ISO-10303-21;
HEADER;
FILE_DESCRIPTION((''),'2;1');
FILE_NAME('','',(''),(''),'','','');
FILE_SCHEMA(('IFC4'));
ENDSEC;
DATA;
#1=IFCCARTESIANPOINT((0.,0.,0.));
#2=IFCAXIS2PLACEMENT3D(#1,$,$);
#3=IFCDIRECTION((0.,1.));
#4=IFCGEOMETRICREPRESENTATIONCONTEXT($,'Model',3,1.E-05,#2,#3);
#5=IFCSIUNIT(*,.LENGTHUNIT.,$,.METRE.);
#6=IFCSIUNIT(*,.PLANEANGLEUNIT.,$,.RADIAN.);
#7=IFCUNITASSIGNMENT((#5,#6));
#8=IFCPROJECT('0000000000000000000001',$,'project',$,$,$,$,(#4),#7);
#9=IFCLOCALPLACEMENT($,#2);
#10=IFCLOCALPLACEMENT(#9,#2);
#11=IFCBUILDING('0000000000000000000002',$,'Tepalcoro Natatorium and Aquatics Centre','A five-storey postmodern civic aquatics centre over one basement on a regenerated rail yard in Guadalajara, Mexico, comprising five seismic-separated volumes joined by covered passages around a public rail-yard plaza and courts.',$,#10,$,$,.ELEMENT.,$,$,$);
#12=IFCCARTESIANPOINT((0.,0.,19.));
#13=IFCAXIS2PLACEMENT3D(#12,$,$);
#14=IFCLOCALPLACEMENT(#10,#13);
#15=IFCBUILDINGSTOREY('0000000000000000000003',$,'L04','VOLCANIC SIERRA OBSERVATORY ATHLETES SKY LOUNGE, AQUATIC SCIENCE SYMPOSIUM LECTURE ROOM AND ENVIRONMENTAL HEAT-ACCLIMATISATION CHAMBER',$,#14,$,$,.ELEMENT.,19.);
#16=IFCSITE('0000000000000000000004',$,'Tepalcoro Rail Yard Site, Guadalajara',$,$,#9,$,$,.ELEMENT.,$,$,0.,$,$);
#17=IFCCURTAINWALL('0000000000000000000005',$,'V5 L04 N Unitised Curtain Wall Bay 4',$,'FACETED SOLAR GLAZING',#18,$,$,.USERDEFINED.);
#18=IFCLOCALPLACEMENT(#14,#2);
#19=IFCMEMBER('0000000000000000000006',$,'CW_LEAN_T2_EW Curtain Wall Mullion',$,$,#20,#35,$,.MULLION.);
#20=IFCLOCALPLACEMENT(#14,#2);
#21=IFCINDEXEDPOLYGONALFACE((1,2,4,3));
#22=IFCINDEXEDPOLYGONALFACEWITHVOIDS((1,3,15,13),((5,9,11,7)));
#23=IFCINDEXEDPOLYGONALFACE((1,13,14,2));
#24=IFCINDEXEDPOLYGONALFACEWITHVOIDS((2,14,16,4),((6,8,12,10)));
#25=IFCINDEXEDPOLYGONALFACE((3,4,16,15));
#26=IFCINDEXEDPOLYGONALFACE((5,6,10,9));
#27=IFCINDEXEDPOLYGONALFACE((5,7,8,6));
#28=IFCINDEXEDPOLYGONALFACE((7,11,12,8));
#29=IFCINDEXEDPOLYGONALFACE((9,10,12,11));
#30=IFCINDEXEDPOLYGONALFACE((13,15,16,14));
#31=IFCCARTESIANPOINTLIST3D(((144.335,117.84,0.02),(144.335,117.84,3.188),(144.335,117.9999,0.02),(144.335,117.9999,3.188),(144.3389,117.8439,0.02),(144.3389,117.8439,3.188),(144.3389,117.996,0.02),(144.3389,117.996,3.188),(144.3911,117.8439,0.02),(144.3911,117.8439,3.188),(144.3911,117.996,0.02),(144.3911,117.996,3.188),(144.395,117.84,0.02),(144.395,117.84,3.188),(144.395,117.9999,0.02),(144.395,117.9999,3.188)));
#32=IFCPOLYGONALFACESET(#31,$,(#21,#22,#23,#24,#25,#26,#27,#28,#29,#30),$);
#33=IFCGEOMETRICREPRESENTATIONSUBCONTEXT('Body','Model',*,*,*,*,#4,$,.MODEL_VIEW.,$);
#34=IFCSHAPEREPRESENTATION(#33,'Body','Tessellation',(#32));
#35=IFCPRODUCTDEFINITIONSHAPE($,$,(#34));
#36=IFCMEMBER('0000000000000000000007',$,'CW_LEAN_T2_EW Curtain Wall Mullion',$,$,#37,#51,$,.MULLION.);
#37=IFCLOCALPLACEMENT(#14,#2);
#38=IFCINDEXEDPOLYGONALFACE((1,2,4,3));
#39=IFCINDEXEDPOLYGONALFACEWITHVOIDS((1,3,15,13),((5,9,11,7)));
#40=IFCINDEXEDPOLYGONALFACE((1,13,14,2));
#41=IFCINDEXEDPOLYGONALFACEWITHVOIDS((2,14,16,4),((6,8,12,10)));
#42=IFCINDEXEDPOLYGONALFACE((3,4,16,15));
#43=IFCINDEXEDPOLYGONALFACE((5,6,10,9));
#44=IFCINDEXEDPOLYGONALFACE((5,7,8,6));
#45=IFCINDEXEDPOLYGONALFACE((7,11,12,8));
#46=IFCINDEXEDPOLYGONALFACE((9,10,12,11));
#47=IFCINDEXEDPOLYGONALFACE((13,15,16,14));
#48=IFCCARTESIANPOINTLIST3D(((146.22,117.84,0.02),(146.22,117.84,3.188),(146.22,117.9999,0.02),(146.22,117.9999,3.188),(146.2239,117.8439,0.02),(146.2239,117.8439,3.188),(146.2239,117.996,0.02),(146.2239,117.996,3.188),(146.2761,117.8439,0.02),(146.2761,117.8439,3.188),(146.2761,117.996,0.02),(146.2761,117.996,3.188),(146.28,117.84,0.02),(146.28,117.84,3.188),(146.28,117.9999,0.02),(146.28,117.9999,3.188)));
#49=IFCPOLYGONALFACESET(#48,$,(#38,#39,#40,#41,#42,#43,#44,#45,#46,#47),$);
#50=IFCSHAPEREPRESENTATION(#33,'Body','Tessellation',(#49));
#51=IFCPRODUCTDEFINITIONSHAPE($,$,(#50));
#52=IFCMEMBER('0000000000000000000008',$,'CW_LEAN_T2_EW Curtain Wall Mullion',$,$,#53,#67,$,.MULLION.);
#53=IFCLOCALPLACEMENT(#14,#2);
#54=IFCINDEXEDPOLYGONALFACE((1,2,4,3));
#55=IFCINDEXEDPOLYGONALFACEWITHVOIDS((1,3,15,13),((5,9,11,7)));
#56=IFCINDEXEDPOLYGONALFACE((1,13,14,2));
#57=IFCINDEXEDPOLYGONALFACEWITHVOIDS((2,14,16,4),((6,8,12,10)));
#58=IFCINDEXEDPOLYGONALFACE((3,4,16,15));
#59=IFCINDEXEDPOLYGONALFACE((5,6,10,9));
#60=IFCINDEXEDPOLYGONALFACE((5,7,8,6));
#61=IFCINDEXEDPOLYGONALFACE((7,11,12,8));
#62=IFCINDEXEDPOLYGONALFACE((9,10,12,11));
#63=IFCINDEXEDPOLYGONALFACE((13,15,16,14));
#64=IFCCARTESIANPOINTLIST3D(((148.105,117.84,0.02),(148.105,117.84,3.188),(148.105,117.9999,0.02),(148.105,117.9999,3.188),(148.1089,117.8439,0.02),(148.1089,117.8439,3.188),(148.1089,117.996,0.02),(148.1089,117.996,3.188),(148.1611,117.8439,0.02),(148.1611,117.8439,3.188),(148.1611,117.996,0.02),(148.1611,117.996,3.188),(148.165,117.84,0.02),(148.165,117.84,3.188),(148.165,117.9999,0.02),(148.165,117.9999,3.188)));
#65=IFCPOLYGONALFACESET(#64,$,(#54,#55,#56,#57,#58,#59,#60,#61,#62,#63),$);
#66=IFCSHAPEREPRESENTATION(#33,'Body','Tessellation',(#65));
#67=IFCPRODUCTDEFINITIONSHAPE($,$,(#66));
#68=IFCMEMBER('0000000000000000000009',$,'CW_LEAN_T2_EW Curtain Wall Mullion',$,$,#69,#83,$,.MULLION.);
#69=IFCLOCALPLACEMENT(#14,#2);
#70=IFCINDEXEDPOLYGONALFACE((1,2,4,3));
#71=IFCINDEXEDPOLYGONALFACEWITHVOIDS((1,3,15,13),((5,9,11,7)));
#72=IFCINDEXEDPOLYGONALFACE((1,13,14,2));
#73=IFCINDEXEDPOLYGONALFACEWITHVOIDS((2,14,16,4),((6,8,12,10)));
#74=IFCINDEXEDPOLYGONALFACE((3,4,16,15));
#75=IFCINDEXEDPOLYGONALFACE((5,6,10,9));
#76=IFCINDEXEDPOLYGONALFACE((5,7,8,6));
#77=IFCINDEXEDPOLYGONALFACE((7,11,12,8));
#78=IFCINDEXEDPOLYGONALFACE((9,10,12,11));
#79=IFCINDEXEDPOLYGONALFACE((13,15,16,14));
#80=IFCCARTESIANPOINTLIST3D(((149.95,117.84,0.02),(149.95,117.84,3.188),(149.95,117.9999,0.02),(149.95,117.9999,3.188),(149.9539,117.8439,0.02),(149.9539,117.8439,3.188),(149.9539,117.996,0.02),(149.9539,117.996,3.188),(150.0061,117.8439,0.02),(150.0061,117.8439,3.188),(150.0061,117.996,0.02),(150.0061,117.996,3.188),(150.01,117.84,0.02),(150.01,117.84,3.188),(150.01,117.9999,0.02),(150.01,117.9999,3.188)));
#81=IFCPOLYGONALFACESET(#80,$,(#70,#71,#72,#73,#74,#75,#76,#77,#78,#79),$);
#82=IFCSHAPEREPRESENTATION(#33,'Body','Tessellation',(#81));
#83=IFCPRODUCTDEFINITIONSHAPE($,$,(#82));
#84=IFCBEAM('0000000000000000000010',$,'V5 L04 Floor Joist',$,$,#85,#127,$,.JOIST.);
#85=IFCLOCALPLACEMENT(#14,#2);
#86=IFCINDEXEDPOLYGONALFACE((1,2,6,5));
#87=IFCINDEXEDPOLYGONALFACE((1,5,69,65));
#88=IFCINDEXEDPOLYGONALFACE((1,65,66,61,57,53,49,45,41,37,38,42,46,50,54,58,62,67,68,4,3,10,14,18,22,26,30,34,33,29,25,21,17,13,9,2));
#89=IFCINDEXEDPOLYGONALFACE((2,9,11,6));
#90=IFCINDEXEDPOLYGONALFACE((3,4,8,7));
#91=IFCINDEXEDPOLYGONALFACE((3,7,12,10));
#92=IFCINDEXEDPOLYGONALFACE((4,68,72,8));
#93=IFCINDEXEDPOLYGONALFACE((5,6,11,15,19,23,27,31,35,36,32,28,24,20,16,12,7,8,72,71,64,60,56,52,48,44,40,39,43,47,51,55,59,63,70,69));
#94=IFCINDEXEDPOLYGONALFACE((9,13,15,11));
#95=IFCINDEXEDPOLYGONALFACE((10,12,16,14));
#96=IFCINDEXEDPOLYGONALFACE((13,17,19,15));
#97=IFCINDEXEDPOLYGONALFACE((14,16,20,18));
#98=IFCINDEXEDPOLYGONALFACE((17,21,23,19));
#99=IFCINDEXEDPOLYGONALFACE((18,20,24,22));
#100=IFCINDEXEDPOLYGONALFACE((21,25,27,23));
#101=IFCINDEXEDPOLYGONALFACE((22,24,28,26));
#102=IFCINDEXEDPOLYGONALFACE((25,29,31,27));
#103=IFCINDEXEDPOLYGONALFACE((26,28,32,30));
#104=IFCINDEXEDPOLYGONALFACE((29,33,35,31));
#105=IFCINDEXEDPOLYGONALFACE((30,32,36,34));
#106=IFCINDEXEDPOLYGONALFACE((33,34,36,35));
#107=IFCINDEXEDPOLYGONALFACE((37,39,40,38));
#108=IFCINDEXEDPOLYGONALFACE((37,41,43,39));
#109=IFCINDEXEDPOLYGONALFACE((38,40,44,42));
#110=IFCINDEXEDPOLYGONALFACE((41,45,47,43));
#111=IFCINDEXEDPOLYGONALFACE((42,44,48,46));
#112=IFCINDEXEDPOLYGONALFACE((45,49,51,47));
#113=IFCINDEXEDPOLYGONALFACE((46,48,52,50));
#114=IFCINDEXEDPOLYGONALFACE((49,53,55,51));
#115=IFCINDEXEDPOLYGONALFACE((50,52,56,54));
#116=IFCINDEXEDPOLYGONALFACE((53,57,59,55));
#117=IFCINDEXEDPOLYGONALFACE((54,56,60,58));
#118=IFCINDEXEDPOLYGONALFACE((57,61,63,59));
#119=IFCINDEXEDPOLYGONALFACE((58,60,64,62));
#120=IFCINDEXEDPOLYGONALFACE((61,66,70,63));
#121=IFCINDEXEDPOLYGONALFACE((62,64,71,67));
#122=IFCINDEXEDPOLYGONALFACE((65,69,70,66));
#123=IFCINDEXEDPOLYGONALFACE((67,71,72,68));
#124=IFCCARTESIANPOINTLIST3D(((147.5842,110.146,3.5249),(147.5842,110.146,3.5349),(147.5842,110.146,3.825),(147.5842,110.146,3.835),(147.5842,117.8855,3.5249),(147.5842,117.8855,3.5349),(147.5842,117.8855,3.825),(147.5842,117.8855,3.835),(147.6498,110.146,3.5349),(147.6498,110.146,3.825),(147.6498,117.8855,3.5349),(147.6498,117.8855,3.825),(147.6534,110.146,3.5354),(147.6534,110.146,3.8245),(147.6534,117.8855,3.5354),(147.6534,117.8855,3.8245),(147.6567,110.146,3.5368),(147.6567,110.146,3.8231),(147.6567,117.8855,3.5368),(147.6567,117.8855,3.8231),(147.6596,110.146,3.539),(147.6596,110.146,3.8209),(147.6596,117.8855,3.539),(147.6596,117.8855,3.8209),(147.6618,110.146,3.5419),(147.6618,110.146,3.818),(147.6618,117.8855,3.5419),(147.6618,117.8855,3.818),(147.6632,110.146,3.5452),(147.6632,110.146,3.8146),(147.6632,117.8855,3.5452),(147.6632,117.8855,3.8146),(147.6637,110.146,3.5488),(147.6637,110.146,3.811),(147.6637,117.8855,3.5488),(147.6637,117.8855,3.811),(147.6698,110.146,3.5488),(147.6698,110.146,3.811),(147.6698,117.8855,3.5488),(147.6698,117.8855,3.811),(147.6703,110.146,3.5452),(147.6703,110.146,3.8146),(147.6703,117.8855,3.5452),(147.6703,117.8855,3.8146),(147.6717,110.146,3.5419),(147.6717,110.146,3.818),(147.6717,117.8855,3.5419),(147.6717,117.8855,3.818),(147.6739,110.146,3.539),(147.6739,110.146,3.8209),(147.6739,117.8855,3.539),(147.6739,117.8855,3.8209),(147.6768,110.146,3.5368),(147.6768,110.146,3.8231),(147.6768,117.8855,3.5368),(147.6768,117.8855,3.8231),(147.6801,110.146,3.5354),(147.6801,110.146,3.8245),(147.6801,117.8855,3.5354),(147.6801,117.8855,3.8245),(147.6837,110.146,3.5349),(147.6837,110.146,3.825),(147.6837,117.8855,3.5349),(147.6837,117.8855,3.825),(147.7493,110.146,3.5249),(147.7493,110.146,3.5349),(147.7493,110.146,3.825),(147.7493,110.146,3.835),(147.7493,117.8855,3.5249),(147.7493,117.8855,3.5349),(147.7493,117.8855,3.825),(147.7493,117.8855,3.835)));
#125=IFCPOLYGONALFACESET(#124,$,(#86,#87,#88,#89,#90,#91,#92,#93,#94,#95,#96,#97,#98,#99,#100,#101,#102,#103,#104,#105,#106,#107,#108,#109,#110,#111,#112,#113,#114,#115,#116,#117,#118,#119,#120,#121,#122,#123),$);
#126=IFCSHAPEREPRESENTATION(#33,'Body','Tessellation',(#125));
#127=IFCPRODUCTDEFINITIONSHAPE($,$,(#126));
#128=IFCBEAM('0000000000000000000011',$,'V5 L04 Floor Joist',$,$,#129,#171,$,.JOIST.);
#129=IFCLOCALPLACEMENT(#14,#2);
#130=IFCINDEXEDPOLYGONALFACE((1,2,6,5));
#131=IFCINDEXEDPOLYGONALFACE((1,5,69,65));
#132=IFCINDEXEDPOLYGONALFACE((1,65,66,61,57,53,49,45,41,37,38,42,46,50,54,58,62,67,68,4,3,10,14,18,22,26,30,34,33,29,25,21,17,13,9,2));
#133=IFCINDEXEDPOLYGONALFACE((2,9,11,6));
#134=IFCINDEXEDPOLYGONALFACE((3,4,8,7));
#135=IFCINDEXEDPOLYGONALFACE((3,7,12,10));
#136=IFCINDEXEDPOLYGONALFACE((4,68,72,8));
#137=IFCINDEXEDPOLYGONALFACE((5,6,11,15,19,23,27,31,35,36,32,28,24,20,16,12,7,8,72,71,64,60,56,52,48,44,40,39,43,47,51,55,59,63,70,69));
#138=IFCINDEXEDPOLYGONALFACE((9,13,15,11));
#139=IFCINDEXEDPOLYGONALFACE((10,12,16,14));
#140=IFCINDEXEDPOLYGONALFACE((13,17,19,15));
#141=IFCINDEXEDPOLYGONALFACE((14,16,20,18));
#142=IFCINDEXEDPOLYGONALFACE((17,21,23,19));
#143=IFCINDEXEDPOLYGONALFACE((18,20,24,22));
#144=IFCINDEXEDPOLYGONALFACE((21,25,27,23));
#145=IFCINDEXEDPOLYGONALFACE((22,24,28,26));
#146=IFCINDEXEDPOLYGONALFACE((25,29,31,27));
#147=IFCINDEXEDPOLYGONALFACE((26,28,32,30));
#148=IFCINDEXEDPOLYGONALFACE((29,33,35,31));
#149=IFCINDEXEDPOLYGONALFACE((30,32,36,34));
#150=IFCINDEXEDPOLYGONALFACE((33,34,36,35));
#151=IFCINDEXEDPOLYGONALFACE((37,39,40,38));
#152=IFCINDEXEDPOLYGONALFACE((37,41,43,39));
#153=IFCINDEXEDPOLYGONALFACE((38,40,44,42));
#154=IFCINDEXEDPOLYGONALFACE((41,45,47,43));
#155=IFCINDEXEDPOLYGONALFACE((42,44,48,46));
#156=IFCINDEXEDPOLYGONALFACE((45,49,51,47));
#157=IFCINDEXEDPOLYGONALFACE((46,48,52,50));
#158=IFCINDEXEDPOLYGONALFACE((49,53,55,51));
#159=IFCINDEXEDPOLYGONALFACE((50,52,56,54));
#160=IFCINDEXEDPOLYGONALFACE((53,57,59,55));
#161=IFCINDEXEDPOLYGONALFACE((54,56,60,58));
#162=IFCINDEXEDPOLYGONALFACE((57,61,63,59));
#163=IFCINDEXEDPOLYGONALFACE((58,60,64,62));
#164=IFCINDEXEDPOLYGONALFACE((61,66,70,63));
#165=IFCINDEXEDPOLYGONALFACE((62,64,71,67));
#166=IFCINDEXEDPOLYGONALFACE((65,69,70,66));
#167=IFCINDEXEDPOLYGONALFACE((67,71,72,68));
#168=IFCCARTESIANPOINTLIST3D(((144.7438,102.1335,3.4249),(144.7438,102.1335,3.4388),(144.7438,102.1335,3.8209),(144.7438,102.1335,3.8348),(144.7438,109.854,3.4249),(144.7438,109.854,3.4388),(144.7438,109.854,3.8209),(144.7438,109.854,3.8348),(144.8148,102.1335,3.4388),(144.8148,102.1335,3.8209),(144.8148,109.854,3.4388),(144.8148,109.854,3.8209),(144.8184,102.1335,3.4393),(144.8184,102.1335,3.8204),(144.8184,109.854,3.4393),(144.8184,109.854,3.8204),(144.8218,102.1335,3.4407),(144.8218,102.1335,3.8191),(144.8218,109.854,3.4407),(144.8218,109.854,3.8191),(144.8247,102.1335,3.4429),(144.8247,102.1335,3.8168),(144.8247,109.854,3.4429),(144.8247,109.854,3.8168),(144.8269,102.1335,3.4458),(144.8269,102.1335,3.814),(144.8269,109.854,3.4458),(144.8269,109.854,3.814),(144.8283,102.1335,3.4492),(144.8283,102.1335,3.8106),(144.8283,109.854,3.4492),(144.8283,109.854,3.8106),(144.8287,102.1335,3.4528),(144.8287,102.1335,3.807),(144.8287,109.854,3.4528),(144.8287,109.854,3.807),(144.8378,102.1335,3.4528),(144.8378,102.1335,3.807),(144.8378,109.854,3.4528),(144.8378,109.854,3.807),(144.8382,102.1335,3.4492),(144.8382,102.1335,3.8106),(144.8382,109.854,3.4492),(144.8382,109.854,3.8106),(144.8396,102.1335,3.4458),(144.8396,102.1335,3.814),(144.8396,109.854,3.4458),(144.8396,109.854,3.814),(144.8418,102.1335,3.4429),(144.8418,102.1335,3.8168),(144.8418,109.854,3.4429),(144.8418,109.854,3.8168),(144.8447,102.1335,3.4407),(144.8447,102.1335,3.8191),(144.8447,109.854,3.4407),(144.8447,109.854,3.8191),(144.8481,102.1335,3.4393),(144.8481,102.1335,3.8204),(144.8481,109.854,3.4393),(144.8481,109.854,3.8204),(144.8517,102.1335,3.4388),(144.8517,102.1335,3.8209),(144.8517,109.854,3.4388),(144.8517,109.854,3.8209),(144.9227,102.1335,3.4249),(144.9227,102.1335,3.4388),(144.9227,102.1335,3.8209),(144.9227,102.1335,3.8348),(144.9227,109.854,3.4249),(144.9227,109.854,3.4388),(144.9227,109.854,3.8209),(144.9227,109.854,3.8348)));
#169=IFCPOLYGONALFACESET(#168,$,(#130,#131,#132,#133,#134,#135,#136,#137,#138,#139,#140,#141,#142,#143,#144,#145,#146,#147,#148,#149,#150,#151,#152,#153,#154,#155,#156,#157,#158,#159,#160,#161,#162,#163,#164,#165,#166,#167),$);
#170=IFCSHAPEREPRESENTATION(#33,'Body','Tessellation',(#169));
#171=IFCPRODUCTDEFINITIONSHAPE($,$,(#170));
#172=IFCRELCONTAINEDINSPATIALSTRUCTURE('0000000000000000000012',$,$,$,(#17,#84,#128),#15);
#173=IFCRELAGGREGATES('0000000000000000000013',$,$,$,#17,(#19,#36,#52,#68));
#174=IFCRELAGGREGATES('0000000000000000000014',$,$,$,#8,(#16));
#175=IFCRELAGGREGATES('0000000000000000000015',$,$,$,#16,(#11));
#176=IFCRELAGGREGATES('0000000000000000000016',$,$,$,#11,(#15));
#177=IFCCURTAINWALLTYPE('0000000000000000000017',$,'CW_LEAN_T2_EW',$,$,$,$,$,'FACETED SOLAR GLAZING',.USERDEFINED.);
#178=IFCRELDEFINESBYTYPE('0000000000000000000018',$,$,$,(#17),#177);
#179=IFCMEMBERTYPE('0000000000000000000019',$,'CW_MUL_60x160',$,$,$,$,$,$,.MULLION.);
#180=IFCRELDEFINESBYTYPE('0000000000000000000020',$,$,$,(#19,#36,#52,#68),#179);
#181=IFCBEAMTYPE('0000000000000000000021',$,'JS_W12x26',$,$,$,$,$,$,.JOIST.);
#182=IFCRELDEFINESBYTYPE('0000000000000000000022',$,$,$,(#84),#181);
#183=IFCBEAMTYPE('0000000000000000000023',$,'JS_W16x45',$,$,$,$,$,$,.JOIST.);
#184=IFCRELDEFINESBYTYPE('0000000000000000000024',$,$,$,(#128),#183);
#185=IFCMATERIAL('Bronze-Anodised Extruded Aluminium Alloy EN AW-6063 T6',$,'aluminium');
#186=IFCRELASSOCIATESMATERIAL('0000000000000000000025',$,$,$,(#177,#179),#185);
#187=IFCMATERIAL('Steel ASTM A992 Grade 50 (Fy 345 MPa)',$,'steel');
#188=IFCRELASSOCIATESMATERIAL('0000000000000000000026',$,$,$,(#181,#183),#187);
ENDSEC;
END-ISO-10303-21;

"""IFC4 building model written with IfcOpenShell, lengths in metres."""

from ifc_helpers import new_model, si_unit, direction, frame, origin, origin_2d, place, context, subcontext, project, spatial, hollow_rectangle, i_section, extrude, material, material_profile, profile_set, type_object, element, aggregate, save


model = new_model("IFC4")

# Units and contexts
model_context = context("Model", 3, precision=1e-05, world=origin(), true_north=direction((0.0, 1.0)))
body_context = subcontext(model_context, "Body", "Model", "MODEL_VIEW")
ifc_project = project(units=[si_unit("LENGTHUNIT", "METRE"), si_unit("PLANEANGLEUNIT", "RADIAN")], contexts=[model_context])

# Site, building, storey
site_placement = place(None, origin())
site = spatial("IfcSite", under=ifc_project, at=site_placement, Name="Tepalcoro Rail Yard Site, Guadalajara", CompositionType="ELEMENT", RefElevation=0.0)
building_placement = place(site_placement, origin())
building = spatial("IfcBuilding", under=site, at=building_placement, Name="Tepalcoro Natatorium and Aquatics Centre", Description="A five-storey postmodern civic aquatics centre over one basement on a regenerated rail yard in Guadalajara, Mexico, comprising five seismic-separated volumes joined by covered passages around a public rail-yard plaza and courts.", CompositionType="ELEMENT")
storey_placement = place(building_placement, frame((0.0, 0.0, 19.0)))
storey = spatial("IfcBuildingStorey", under=building, at=storey_placement, Name="L04", Description="VOLCANIC SIERRA OBSERVATORY ATHLETES SKY LOUNGE, AQUATIC SCIENCE SYMPOSIUM LECTURE ROOM AND ENVIRONMENTAL HEAT-ACCLIMATISATION CHAMBER", CompositionType="ELEMENT", Elevation=19.0)

# Shared definitions
ifc_material_1 = material(Name="Steel ASTM A992 Grade 50 (Fy 345 MPa)", Category="steel")

# Curtain wall, members
ifc_material_2 = material(Name="Bronze-Anodised Extruded Aluminium Alloy EN AW-6063 T6", Category="aluminium")
curtain_wall_type = type_object("IfcCurtainWallType", Name="CW_LEAN_T2_EW", ElementType="FACETED SOLAR GLAZING", PredefinedType="USERDEFINED", material=ifc_material_2)
curtain_wall_placement = place(storey_placement, origin())
curtain_wall = element("IfcCurtainWall", 1, at=curtain_wall_placement, inside=storey, type_object=curtain_wall_type, Name="V5 L04 N Unitised Curtain Wall Bay 4", ObjectType="FACETED SOLAR GLAZING", PredefinedType="USERDEFINED")
ifc_material_profile_1 = material_profile(ifc_material_2, hollow_rectangle(XDim=0.0601, YDim=0.1599, WallThickness=0.0039, at=origin_2d()), Name="AL60X160X4")
ifc_profile_set_1 = profile_set([ifc_material_profile_1], Name="Bronze-Anodised Extruded Aluminium Alloy EN AW-6063 T6")
member_type = type_object("IfcMemberType", Name="CW_MUL_60x160", PredefinedType="MULLION", material=ifc_profile_set_1)
member_1_placement = place(storey_placement, frame((144.365, 117.9199, 0.02), z_axis=(0.0, 0.0, 1.0), x_axis=(1.0, 0.0, 0.0)))
member_1 = element("IfcMember", 2, at=member_1_placement, type_object=member_type, Name="CW_LEAN_T2_EW Curtain Wall Mullion", PredefinedType="MULLION", context=body_context, shape_type="SweptSolid", body=[
    extrude(hollow_rectangle(XDim=0.0601, YDim=0.1599, WallThickness=0.0039, at=origin_2d()), origin(), (0.0, 0.0, 1.0), 3.168),
])
member_2_placement = place(storey_placement, frame((146.25, 117.9199, 0.02), z_axis=(0.0, 0.0, 1.0), x_axis=(1.0, 0.0, 0.0)))
member_2 = element("IfcMember", 3, at=member_2_placement, type_object=member_type, Name="CW_LEAN_T2_EW Curtain Wall Mullion", PredefinedType="MULLION", context=body_context, shape_type="SweptSolid", body=[
    extrude(hollow_rectangle(XDim=0.0601, YDim=0.1599, WallThickness=0.0039, at=origin_2d()), origin(), (0.0, 0.0, 1.0), 3.168),
])
member_3_placement = place(storey_placement, frame((148.135, 117.9199, 0.02), z_axis=(0.0, 0.0, 1.0), x_axis=(1.0, 0.0, 0.0)))
member_3 = element("IfcMember", 4, at=member_3_placement, type_object=member_type, Name="CW_LEAN_T2_EW Curtain Wall Mullion", PredefinedType="MULLION", context=body_context, shape_type="SweptSolid", body=[
    extrude(hollow_rectangle(XDim=0.0601, YDim=0.1599, WallThickness=0.0039, at=origin_2d()), origin(), (0.0, 0.0, 1.0), 3.168),
])
member_4_placement = place(storey_placement, frame((149.98, 117.9199, 0.02), z_axis=(0.0, 0.0, 1.0), x_axis=(1.0, 0.0, 0.0)))
member_4 = element("IfcMember", 5, at=member_4_placement, type_object=member_type, Name="CW_LEAN_T2_EW Curtain Wall Mullion", PredefinedType="MULLION", context=body_context, shape_type="SweptSolid", body=[
    extrude(hollow_rectangle(XDim=0.0601, YDim=0.1599, WallThickness=0.0039, at=origin_2d()), origin(), (0.0, 0.0, 1.0), 3.168),
])

# Beams
ifc_material_profile_2 = material_profile(ifc_material_1, i_section(OverallWidth=0.165, OverallDepth=0.3101, WebThickness=0.0061, FlangeThickness=0.01, FilletRadius=0.0139, at=origin_2d()), Name="W12X26")
ifc_profile_set_2 = profile_set([ifc_material_profile_2], Name="Steel ASTM A992 Grade 50 (Fy 345 MPa)")
beam_type_1 = type_object("IfcBeamType", Name="JS_W12x26", PredefinedType="JOIST", material=ifc_profile_set_2)
beam_1_placement = place(storey_placement, frame((147.6667, 110.146, 3.6799), z_axis=(0.0, 1.0, 0.0), x_axis=(-1.0, 0.0, 0.0)))
element("IfcBeam", 6, at=beam_1_placement, inside=storey, type_object=beam_type_1, Name="V5 L04 Floor Joist", PredefinedType="JOIST", context=body_context, shape_type="SweptSolid", body=[
    extrude(i_section(OverallWidth=0.165, OverallDepth=0.3101, WebThickness=0.0061, FlangeThickness=0.01, FilletRadius=0.0139, at=origin_2d()), origin(), (0.0, 0.0, 1.0), 7.7395),
])
ifc_material_profile_3 = material_profile(ifc_material_1, i_section(OverallWidth=0.179, OverallDepth=0.4099, WebThickness=0.009, FlangeThickness=0.0139, FilletRadius=0.0139, at=origin_2d()), Name="W16X45")
ifc_profile_set_3 = profile_set([ifc_material_profile_3], Name="Steel ASTM A992 Grade 50 (Fy 345 MPa)")
beam_type_2 = type_object("IfcBeamType", Name="JS_W16x45", PredefinedType="JOIST", material=ifc_profile_set_3)
beam_2_placement = place(storey_placement, frame((144.8333, 102.1335, 3.6299), z_axis=(0.0, 1.0, 0.0), x_axis=(-1.0, 0.0, 0.0)))
element("IfcBeam", 7, at=beam_2_placement, inside=storey, type_object=beam_type_2, Name="V5 L04 Floor Joist", PredefinedType="JOIST", context=body_context, shape_type="SweptSolid", body=[
    extrude(i_section(OverallWidth=0.179, OverallDepth=0.4099, WebThickness=0.009, FlangeThickness=0.0139, FilletRadius=0.0139, at=origin_2d()), origin(), (0.0, 0.0, 1.0), 7.7205),
])

aggregate(curtain_wall, [member_1, member_2, member_3, member_4])

save(model, "model.ifc")
